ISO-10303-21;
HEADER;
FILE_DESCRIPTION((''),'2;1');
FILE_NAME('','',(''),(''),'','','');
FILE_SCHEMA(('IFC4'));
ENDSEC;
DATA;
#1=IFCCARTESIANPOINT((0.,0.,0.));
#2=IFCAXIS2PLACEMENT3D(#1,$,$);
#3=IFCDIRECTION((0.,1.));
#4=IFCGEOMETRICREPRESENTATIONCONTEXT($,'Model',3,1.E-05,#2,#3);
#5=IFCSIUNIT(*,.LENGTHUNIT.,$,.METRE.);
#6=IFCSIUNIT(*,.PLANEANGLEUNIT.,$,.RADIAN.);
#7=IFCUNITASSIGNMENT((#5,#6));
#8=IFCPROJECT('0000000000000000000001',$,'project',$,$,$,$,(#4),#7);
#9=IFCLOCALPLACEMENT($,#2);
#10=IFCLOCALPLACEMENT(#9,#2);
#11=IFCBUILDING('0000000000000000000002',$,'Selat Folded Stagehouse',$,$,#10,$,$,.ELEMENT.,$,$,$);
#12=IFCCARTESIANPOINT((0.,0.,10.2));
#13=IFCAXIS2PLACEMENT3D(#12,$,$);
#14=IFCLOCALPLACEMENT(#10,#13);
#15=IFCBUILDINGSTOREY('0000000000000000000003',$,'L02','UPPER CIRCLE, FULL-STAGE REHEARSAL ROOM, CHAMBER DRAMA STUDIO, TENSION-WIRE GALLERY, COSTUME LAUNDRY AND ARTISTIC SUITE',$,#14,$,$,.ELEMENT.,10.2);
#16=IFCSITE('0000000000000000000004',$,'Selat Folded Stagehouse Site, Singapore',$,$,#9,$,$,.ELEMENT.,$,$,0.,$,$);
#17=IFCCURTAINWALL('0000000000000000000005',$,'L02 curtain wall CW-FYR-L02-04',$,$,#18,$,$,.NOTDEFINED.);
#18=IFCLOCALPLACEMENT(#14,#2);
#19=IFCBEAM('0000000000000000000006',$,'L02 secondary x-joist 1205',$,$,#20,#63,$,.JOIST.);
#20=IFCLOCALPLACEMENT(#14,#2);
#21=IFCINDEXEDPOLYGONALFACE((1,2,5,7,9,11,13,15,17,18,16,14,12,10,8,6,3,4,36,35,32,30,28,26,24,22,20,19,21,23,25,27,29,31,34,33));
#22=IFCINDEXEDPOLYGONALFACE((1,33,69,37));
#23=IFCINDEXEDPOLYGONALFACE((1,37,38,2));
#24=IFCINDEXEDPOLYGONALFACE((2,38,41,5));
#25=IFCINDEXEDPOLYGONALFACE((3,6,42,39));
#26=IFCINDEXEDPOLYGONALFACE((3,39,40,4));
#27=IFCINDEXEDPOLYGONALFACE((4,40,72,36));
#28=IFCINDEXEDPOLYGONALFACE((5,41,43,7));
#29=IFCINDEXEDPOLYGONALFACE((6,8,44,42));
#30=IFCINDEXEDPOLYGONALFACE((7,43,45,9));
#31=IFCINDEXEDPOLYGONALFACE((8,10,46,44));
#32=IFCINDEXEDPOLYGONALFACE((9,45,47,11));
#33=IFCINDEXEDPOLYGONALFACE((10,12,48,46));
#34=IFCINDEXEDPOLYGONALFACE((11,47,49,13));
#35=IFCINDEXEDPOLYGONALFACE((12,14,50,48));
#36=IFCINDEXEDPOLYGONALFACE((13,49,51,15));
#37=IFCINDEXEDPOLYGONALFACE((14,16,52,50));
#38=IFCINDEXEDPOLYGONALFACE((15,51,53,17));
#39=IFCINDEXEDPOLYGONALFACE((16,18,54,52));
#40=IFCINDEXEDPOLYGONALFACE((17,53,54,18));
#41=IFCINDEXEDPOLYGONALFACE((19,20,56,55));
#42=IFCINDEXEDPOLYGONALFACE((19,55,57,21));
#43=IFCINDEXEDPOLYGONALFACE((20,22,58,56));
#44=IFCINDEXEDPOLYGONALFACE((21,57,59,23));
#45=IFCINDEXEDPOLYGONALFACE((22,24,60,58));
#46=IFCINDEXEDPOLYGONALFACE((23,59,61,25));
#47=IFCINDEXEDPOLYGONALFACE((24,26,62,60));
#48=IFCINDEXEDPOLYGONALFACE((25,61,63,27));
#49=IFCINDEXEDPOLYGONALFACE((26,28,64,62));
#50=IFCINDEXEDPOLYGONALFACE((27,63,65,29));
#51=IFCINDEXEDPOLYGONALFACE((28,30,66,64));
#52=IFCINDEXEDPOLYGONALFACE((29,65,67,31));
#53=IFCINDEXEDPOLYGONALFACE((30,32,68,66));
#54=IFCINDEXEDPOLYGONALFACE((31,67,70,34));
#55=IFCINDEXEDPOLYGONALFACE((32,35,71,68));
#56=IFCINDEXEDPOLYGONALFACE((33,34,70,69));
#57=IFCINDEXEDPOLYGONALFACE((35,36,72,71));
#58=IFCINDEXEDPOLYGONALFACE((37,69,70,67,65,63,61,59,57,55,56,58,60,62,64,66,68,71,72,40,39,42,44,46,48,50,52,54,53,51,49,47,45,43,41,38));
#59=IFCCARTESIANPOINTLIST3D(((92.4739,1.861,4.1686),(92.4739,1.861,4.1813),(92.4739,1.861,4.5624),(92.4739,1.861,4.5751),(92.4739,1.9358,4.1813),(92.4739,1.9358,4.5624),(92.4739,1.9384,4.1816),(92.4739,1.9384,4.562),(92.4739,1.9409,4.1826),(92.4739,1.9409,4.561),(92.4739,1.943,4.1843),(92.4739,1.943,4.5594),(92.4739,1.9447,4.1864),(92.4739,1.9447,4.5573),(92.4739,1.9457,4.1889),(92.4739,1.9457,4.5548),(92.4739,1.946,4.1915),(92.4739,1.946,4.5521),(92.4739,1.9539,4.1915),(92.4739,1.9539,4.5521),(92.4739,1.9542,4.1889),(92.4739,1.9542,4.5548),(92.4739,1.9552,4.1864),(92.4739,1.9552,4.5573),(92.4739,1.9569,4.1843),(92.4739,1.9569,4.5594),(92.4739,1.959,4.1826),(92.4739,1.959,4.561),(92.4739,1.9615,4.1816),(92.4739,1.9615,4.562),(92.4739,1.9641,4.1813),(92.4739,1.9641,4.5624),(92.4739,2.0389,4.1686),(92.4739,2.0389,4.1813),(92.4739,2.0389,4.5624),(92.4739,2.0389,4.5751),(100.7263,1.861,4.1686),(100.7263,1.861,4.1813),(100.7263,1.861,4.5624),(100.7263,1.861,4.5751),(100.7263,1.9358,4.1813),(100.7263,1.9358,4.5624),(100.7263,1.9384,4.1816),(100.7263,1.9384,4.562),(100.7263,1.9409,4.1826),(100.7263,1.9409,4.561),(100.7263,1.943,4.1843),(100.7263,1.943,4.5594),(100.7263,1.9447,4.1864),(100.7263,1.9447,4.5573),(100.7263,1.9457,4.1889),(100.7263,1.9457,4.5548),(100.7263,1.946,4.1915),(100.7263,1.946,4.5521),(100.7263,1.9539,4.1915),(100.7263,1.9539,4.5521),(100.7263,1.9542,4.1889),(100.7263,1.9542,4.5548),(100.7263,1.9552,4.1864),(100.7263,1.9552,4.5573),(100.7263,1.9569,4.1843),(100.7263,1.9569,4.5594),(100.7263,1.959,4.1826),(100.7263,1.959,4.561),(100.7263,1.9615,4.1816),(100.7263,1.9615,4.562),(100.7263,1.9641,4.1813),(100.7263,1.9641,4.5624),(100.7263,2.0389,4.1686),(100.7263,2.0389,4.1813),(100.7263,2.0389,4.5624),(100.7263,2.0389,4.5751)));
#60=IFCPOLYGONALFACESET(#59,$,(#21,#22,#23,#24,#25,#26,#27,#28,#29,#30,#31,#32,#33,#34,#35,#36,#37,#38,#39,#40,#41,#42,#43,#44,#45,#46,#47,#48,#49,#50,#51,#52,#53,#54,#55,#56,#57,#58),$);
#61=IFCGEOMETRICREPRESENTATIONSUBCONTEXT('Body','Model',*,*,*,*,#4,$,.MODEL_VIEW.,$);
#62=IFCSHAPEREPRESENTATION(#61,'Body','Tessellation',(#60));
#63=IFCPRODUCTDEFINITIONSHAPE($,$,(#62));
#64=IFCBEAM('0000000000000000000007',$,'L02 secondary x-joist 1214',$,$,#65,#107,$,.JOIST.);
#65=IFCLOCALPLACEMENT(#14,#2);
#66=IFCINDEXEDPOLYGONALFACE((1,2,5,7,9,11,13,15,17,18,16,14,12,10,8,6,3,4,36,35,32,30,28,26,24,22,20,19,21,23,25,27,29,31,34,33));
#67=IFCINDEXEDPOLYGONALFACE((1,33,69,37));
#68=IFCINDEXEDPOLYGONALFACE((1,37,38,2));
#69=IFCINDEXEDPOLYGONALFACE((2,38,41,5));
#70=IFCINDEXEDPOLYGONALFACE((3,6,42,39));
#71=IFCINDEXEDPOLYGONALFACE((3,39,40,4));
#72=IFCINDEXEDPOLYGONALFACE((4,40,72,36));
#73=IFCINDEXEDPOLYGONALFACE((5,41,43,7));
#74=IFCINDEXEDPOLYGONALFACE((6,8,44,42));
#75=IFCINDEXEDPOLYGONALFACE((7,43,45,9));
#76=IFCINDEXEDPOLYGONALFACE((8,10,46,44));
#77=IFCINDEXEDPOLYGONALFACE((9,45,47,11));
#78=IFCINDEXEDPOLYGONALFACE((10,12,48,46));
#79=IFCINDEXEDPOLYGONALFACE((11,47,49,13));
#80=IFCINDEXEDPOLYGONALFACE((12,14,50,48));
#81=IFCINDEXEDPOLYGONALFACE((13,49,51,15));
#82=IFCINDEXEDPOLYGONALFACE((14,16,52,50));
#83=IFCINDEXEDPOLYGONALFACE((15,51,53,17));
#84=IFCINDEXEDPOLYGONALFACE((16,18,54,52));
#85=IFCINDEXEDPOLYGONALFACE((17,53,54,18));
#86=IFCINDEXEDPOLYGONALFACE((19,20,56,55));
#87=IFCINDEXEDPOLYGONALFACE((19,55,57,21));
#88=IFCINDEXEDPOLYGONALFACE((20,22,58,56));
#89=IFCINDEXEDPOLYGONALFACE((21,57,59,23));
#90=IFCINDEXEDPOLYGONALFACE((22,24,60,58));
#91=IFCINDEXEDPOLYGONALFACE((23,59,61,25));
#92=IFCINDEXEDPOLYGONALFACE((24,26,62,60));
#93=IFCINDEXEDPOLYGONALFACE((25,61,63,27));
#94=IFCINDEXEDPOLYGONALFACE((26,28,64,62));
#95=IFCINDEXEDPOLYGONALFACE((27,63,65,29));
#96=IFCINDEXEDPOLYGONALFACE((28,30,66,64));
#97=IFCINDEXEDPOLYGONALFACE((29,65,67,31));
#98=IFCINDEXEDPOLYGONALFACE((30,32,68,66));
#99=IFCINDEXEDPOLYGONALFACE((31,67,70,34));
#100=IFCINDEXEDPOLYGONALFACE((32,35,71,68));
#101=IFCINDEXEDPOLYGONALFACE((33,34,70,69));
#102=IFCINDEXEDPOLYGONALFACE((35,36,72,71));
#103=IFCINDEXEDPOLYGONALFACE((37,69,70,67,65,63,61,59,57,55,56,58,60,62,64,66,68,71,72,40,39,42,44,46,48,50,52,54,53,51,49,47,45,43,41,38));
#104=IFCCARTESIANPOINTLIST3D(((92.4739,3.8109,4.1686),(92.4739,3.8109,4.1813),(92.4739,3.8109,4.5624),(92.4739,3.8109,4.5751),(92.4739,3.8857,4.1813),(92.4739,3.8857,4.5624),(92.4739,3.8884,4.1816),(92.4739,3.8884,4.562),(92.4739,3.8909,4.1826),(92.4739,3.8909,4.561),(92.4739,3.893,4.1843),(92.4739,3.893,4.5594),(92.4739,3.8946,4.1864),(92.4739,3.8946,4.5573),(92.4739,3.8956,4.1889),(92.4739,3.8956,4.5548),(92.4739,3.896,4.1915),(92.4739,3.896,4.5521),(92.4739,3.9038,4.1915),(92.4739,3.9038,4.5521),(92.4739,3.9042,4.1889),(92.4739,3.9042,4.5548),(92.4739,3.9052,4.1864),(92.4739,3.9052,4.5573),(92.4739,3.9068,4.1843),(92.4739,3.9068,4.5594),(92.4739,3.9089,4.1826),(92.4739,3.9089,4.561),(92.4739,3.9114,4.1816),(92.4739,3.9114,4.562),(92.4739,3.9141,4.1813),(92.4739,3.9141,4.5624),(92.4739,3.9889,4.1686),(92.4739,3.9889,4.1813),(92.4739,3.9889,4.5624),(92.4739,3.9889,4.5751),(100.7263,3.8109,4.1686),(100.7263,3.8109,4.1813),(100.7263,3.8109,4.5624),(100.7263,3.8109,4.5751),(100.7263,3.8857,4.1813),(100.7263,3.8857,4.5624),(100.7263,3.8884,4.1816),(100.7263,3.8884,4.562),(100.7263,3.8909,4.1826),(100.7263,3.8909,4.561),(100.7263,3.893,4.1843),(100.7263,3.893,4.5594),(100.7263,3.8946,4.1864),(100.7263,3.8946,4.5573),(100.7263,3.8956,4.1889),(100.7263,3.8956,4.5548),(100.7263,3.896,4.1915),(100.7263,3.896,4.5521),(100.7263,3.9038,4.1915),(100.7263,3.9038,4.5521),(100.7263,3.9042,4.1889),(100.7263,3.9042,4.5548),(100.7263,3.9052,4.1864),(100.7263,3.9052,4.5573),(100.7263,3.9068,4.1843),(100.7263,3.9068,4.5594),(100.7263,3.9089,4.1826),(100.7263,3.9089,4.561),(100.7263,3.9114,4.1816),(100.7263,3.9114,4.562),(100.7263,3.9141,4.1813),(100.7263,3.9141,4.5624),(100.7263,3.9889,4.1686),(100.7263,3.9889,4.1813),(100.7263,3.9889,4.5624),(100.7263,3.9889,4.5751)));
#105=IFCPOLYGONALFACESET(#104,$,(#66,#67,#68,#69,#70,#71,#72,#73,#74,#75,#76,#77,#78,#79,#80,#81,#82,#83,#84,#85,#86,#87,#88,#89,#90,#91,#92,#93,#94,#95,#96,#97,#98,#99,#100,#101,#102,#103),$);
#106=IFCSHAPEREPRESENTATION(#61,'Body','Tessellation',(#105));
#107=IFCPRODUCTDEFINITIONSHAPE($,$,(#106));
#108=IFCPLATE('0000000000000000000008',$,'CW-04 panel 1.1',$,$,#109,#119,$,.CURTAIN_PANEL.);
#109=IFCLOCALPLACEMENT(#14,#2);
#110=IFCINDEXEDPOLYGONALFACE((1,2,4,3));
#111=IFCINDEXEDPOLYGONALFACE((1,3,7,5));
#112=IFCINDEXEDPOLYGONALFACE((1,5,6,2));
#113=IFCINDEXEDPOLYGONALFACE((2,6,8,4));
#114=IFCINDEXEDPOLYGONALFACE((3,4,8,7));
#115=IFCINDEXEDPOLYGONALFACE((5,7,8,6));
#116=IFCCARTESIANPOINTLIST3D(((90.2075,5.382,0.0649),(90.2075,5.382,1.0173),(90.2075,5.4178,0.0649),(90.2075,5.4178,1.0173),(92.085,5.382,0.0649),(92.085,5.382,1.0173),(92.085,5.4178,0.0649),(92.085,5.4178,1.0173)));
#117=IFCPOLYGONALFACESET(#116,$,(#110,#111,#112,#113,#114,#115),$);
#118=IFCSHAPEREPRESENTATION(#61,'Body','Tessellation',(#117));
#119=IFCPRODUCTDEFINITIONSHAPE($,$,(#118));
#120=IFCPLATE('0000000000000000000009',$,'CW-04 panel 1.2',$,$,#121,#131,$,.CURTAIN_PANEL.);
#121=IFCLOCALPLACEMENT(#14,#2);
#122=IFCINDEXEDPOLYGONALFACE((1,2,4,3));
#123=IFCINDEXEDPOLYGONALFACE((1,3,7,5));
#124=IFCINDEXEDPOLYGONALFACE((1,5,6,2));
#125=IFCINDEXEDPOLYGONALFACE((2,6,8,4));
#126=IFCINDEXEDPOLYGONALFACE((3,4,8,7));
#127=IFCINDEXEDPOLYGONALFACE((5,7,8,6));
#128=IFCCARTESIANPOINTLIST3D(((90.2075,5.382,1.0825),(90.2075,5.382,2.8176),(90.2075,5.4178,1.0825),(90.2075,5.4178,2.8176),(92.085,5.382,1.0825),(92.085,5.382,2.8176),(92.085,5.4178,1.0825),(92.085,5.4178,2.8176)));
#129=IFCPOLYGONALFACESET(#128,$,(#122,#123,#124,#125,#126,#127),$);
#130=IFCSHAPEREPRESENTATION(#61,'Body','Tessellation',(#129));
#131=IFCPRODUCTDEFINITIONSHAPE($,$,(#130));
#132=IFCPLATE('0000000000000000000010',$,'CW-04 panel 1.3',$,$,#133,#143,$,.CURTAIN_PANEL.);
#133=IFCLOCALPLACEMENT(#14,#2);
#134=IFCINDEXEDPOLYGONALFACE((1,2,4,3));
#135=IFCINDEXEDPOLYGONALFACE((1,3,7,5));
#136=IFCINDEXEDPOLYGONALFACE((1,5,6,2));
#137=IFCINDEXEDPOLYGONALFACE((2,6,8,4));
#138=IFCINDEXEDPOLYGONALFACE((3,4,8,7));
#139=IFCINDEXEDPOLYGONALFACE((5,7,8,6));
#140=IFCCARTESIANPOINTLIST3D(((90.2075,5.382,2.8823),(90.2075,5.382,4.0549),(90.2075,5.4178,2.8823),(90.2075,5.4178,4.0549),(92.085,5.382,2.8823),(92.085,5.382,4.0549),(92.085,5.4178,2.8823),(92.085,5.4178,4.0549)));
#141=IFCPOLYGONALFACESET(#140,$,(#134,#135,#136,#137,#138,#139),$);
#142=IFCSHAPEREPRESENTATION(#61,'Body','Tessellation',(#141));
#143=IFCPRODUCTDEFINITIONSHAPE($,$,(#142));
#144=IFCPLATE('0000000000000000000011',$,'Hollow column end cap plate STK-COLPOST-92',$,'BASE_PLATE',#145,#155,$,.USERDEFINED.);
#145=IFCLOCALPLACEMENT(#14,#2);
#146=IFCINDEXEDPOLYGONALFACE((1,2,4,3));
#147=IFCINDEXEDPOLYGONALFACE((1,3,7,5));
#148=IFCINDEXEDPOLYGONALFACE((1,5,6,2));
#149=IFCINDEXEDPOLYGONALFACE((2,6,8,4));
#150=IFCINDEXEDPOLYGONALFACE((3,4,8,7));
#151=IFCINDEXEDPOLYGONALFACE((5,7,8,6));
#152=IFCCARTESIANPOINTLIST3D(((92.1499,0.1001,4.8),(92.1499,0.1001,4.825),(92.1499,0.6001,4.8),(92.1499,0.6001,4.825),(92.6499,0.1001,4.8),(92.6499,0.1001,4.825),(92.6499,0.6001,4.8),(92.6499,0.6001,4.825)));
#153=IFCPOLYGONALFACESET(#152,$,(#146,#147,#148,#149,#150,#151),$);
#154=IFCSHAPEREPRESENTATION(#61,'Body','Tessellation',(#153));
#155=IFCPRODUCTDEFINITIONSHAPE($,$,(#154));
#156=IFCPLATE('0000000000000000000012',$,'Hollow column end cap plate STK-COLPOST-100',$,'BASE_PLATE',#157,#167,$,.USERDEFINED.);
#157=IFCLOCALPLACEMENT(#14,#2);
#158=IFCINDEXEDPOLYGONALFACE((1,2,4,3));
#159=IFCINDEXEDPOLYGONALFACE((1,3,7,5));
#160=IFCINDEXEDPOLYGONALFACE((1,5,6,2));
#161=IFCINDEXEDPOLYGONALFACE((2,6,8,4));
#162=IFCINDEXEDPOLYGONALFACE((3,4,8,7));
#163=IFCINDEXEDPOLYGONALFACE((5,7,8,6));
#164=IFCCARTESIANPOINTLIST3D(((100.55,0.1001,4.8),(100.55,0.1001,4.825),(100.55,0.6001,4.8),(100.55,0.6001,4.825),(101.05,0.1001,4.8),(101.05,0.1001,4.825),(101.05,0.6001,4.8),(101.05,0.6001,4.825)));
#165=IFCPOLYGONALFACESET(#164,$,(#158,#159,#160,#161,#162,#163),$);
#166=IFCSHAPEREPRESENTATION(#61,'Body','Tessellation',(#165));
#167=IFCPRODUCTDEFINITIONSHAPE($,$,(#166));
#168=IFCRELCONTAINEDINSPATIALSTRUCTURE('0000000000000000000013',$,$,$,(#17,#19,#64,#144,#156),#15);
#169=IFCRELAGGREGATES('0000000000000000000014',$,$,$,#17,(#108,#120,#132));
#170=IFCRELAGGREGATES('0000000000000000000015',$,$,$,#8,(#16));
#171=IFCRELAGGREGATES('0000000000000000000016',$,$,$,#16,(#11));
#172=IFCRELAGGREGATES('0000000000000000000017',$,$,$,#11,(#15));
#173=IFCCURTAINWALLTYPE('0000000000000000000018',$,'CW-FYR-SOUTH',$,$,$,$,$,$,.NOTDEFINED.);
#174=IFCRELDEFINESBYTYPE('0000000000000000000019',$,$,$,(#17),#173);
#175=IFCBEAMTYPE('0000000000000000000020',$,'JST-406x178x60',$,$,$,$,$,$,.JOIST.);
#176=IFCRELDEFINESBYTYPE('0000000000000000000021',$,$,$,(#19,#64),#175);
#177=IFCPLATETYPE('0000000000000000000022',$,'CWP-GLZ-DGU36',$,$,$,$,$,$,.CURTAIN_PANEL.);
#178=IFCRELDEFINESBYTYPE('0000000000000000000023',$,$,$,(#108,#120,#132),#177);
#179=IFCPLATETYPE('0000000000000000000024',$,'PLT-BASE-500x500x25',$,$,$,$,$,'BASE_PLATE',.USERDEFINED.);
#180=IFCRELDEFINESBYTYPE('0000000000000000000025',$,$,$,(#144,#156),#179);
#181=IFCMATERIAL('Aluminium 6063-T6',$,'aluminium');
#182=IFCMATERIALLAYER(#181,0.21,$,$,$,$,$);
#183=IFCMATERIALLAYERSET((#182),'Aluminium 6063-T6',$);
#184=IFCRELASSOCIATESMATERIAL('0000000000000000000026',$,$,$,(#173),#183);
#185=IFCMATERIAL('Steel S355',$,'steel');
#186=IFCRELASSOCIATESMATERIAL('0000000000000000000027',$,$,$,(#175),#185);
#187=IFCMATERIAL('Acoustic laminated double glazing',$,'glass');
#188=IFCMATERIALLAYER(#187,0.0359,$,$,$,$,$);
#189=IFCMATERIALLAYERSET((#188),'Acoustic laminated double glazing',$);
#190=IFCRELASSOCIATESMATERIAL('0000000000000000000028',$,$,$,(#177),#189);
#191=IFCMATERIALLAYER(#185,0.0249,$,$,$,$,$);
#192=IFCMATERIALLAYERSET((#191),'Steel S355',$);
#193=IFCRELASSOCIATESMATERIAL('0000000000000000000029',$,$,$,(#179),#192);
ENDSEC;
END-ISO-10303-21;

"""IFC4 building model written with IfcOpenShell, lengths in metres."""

from ifc_helpers import new_model, si_unit, direction, frame, origin, origin_2d, place, context, subcontext, project, spatial, rectangle, i_section, extrude, material, layer, layer_set, material_profile, profile_set, type_object, element, aggregate, save


model = new_model("IFC4")

# Units and contexts
model_context = context("Model", 3, precision=1e-05, world=origin(), true_north=direction((0.0, 1.0)))
body_context = subcontext(model_context, "Body", "Model", "MODEL_VIEW")
ifc_project = project(units=[si_unit("LENGTHUNIT", "METRE"), si_unit("PLANEANGLEUNIT", "RADIAN")], contexts=[model_context])

# Site, building, storey
site_placement = place(None, origin())
site = spatial("IfcSite", under=ifc_project, at=site_placement, Name="Selat Folded Stagehouse Site, Singapore", CompositionType="ELEMENT", RefElevation=0.0)
building_placement = place(site_placement, origin())
building = spatial("IfcBuilding", under=site, at=building_placement, Name="Selat Folded Stagehouse", CompositionType="ELEMENT")
storey_placement = place(building_placement, frame((0.0, 0.0, 10.2)))
storey = spatial("IfcBuildingStorey", under=building, at=storey_placement, Name="L02", Description="UPPER CIRCLE, FULL-STAGE REHEARSAL ROOM, CHAMBER DRAMA STUDIO, TENSION-WIRE GALLERY, COSTUME LAUNDRY AND ARTISTIC SUITE", CompositionType="ELEMENT", Elevation=10.2)

# Shared definitions
ifc_material_1 = material(Name="Steel S355", Category="steel")

# Curtain wall
ifc_material_2 = material(Name="Aluminium 6063-T6", Category="aluminium")
ifc_layer_1 = layer(ifc_material_2, 0.21)
ifc_layer_set_1 = layer_set([ifc_layer_1], Name="Aluminium 6063-T6")
curtain_wall_type = type_object("IfcCurtainWallType", Name="CW-FYR-SOUTH", PredefinedType="NOTDEFINED", material=ifc_layer_set_1)
curtain_wall_placement = place(storey_placement, origin())
curtain_wall = element("IfcCurtainWall", 1, at=curtain_wall_placement, inside=storey, type_object=curtain_wall_type, Name="L02 curtain wall CW-FYR-L02-04", PredefinedType="NOTDEFINED")

# Beams
ifc_material_profile_1 = material_profile(ifc_material_1, i_section(OverallWidth=0.178, OverallDepth=0.4065, WebThickness=0.0078, FlangeThickness=0.0127, FilletRadius=0.0103, at=origin_2d()), Name="UKB 406x178x60")
ifc_profile_set_1 = profile_set([ifc_material_profile_1], Name="Steel S355")
beam_type_1 = type_object("IfcBeamType", Name="JST-406x178x60", PredefinedType="JOIST", material=ifc_profile_set_1)
for number, where, z_axis, x_axis, name in (
    (2, (92.4739, 1.95, 4.3718), (1.0, 0.0, 0.0), (0.0, 1.0, 0.0), "L02 secondary x-joist 1205"),
    (3, (92.4739, 3.8999, 4.3718), (1.0, 0.0, 0.0), (0.0, 1.0, 0.0), "L02 secondary x-joist 1214"),
):
    element("IfcBeam", number, at=place(storey_placement, frame(where, z_axis=z_axis, x_axis=x_axis)), inside=storey, type_object=beam_type_1, Name=name, PredefinedType="JOIST", context=body_context, shape_type="SweptSolid", body=[
        extrude(i_section(OverallWidth=0.178, OverallDepth=0.4065, WebThickness=0.0078, FlangeThickness=0.0127, FilletRadius=0.0103, at=origin_2d()), origin(), (0.0, 0.0, 1.0), 8.2524),
    ])

# Plates
ifc_material_3 = material(Name="Acoustic laminated double glazing", Category="glass")
ifc_layer_2 = layer(ifc_material_3, 0.0359)
ifc_layer_set_2 = layer_set([ifc_layer_2], Name="Acoustic laminated double glazing")
plate_type_1 = type_object("IfcPlateType", Name="CWP-GLZ-DGU36", PredefinedType="CURTAIN_PANEL", material=ifc_layer_set_2)
plate_1_placement = place(storey_placement, frame((91.1462, 5.3999, 0.0649), z_axis=(0.0, 0.0, 1.0), x_axis=(-1.0, 0.0, 0.0)))
plate_1 = element("IfcPlate", 4, at=plate_1_placement, type_object=plate_type_1, Name="CW-04 panel 1.1", PredefinedType="CURTAIN_PANEL", context=body_context, shape_type="SweptSolid", body=[
    extrude(rectangle(XDim=1.8774, YDim=0.0359, at=origin_2d()), origin(), (0.0, 0.0, 1.0), 0.9524),
])
plate_2_placement = place(storey_placement, frame((91.1462, 5.3999, 1.0825), z_axis=(0.0, 0.0, 1.0), x_axis=(-1.0, 0.0, 0.0)))
plate_2 = element("IfcPlate", 5, at=plate_2_placement, type_object=plate_type_1, Name="CW-04 panel 1.2", PredefinedType="CURTAIN_PANEL", context=body_context, shape_type="SweptSolid", body=[
    extrude(rectangle(XDim=1.8774, YDim=0.0359, at=origin_2d()), origin(), (0.0, 0.0, 1.0), 1.7351),
])
plate_3_placement = place(storey_placement, frame((91.1462, 5.3999, 2.8823), z_axis=(0.0, 0.0, 1.0), x_axis=(-1.0, 0.0, 0.0)))
plate_3 = element("IfcPlate", 6, at=plate_3_placement, type_object=plate_type_1, Name="CW-04 panel 1.3", PredefinedType="CURTAIN_PANEL", context=body_context, shape_type="SweptSolid", body=[
    extrude(rectangle(XDim=1.8774, YDim=0.0359, at=origin_2d()), origin(), (0.0, 0.0, 1.0), 1.1726),
])
aggregate(curtain_wall, [plate_1, plate_2, plate_3])

# Plates
ifc_layer_3 = layer(ifc_material_1, 0.0249)
ifc_layer_set_3 = layer_set([ifc_layer_3], Name="Steel S355")
plate_type_2 = type_object("IfcPlateType", Name="PLT-BASE-500x500x25", ElementType="BASE_PLATE", PredefinedType="USERDEFINED", material=ifc_layer_set_3)
for number, where, z_axis, x_axis, name in (
    (7, (92.3999, 0.3501, 4.8), (0.0, 0.0, 1.0), (1.0, 0.0, 0.0), "Hollow column end cap plate STK-COLPOST-92"),
    (8, (100.8, 0.3501, 4.8), (0.0, 0.0, 1.0), (1.0, 0.0, 0.0), "Hollow column end cap plate STK-COLPOST-100"),
):
    element("IfcPlate", number, at=place(storey_placement, frame(where, z_axis=z_axis, x_axis=x_axis)), inside=storey, type_object=plate_type_2, Name=name, ObjectType="BASE_PLATE", PredefinedType="USERDEFINED", context=body_context, shape_type="SweptSolid", body=[
        extrude(rectangle(XDim=0.5, YDim=0.5, at=origin_2d()), origin(), (0.0, 0.0, 1.0), 0.0249),
    ])

save(model, "model.ifc")
